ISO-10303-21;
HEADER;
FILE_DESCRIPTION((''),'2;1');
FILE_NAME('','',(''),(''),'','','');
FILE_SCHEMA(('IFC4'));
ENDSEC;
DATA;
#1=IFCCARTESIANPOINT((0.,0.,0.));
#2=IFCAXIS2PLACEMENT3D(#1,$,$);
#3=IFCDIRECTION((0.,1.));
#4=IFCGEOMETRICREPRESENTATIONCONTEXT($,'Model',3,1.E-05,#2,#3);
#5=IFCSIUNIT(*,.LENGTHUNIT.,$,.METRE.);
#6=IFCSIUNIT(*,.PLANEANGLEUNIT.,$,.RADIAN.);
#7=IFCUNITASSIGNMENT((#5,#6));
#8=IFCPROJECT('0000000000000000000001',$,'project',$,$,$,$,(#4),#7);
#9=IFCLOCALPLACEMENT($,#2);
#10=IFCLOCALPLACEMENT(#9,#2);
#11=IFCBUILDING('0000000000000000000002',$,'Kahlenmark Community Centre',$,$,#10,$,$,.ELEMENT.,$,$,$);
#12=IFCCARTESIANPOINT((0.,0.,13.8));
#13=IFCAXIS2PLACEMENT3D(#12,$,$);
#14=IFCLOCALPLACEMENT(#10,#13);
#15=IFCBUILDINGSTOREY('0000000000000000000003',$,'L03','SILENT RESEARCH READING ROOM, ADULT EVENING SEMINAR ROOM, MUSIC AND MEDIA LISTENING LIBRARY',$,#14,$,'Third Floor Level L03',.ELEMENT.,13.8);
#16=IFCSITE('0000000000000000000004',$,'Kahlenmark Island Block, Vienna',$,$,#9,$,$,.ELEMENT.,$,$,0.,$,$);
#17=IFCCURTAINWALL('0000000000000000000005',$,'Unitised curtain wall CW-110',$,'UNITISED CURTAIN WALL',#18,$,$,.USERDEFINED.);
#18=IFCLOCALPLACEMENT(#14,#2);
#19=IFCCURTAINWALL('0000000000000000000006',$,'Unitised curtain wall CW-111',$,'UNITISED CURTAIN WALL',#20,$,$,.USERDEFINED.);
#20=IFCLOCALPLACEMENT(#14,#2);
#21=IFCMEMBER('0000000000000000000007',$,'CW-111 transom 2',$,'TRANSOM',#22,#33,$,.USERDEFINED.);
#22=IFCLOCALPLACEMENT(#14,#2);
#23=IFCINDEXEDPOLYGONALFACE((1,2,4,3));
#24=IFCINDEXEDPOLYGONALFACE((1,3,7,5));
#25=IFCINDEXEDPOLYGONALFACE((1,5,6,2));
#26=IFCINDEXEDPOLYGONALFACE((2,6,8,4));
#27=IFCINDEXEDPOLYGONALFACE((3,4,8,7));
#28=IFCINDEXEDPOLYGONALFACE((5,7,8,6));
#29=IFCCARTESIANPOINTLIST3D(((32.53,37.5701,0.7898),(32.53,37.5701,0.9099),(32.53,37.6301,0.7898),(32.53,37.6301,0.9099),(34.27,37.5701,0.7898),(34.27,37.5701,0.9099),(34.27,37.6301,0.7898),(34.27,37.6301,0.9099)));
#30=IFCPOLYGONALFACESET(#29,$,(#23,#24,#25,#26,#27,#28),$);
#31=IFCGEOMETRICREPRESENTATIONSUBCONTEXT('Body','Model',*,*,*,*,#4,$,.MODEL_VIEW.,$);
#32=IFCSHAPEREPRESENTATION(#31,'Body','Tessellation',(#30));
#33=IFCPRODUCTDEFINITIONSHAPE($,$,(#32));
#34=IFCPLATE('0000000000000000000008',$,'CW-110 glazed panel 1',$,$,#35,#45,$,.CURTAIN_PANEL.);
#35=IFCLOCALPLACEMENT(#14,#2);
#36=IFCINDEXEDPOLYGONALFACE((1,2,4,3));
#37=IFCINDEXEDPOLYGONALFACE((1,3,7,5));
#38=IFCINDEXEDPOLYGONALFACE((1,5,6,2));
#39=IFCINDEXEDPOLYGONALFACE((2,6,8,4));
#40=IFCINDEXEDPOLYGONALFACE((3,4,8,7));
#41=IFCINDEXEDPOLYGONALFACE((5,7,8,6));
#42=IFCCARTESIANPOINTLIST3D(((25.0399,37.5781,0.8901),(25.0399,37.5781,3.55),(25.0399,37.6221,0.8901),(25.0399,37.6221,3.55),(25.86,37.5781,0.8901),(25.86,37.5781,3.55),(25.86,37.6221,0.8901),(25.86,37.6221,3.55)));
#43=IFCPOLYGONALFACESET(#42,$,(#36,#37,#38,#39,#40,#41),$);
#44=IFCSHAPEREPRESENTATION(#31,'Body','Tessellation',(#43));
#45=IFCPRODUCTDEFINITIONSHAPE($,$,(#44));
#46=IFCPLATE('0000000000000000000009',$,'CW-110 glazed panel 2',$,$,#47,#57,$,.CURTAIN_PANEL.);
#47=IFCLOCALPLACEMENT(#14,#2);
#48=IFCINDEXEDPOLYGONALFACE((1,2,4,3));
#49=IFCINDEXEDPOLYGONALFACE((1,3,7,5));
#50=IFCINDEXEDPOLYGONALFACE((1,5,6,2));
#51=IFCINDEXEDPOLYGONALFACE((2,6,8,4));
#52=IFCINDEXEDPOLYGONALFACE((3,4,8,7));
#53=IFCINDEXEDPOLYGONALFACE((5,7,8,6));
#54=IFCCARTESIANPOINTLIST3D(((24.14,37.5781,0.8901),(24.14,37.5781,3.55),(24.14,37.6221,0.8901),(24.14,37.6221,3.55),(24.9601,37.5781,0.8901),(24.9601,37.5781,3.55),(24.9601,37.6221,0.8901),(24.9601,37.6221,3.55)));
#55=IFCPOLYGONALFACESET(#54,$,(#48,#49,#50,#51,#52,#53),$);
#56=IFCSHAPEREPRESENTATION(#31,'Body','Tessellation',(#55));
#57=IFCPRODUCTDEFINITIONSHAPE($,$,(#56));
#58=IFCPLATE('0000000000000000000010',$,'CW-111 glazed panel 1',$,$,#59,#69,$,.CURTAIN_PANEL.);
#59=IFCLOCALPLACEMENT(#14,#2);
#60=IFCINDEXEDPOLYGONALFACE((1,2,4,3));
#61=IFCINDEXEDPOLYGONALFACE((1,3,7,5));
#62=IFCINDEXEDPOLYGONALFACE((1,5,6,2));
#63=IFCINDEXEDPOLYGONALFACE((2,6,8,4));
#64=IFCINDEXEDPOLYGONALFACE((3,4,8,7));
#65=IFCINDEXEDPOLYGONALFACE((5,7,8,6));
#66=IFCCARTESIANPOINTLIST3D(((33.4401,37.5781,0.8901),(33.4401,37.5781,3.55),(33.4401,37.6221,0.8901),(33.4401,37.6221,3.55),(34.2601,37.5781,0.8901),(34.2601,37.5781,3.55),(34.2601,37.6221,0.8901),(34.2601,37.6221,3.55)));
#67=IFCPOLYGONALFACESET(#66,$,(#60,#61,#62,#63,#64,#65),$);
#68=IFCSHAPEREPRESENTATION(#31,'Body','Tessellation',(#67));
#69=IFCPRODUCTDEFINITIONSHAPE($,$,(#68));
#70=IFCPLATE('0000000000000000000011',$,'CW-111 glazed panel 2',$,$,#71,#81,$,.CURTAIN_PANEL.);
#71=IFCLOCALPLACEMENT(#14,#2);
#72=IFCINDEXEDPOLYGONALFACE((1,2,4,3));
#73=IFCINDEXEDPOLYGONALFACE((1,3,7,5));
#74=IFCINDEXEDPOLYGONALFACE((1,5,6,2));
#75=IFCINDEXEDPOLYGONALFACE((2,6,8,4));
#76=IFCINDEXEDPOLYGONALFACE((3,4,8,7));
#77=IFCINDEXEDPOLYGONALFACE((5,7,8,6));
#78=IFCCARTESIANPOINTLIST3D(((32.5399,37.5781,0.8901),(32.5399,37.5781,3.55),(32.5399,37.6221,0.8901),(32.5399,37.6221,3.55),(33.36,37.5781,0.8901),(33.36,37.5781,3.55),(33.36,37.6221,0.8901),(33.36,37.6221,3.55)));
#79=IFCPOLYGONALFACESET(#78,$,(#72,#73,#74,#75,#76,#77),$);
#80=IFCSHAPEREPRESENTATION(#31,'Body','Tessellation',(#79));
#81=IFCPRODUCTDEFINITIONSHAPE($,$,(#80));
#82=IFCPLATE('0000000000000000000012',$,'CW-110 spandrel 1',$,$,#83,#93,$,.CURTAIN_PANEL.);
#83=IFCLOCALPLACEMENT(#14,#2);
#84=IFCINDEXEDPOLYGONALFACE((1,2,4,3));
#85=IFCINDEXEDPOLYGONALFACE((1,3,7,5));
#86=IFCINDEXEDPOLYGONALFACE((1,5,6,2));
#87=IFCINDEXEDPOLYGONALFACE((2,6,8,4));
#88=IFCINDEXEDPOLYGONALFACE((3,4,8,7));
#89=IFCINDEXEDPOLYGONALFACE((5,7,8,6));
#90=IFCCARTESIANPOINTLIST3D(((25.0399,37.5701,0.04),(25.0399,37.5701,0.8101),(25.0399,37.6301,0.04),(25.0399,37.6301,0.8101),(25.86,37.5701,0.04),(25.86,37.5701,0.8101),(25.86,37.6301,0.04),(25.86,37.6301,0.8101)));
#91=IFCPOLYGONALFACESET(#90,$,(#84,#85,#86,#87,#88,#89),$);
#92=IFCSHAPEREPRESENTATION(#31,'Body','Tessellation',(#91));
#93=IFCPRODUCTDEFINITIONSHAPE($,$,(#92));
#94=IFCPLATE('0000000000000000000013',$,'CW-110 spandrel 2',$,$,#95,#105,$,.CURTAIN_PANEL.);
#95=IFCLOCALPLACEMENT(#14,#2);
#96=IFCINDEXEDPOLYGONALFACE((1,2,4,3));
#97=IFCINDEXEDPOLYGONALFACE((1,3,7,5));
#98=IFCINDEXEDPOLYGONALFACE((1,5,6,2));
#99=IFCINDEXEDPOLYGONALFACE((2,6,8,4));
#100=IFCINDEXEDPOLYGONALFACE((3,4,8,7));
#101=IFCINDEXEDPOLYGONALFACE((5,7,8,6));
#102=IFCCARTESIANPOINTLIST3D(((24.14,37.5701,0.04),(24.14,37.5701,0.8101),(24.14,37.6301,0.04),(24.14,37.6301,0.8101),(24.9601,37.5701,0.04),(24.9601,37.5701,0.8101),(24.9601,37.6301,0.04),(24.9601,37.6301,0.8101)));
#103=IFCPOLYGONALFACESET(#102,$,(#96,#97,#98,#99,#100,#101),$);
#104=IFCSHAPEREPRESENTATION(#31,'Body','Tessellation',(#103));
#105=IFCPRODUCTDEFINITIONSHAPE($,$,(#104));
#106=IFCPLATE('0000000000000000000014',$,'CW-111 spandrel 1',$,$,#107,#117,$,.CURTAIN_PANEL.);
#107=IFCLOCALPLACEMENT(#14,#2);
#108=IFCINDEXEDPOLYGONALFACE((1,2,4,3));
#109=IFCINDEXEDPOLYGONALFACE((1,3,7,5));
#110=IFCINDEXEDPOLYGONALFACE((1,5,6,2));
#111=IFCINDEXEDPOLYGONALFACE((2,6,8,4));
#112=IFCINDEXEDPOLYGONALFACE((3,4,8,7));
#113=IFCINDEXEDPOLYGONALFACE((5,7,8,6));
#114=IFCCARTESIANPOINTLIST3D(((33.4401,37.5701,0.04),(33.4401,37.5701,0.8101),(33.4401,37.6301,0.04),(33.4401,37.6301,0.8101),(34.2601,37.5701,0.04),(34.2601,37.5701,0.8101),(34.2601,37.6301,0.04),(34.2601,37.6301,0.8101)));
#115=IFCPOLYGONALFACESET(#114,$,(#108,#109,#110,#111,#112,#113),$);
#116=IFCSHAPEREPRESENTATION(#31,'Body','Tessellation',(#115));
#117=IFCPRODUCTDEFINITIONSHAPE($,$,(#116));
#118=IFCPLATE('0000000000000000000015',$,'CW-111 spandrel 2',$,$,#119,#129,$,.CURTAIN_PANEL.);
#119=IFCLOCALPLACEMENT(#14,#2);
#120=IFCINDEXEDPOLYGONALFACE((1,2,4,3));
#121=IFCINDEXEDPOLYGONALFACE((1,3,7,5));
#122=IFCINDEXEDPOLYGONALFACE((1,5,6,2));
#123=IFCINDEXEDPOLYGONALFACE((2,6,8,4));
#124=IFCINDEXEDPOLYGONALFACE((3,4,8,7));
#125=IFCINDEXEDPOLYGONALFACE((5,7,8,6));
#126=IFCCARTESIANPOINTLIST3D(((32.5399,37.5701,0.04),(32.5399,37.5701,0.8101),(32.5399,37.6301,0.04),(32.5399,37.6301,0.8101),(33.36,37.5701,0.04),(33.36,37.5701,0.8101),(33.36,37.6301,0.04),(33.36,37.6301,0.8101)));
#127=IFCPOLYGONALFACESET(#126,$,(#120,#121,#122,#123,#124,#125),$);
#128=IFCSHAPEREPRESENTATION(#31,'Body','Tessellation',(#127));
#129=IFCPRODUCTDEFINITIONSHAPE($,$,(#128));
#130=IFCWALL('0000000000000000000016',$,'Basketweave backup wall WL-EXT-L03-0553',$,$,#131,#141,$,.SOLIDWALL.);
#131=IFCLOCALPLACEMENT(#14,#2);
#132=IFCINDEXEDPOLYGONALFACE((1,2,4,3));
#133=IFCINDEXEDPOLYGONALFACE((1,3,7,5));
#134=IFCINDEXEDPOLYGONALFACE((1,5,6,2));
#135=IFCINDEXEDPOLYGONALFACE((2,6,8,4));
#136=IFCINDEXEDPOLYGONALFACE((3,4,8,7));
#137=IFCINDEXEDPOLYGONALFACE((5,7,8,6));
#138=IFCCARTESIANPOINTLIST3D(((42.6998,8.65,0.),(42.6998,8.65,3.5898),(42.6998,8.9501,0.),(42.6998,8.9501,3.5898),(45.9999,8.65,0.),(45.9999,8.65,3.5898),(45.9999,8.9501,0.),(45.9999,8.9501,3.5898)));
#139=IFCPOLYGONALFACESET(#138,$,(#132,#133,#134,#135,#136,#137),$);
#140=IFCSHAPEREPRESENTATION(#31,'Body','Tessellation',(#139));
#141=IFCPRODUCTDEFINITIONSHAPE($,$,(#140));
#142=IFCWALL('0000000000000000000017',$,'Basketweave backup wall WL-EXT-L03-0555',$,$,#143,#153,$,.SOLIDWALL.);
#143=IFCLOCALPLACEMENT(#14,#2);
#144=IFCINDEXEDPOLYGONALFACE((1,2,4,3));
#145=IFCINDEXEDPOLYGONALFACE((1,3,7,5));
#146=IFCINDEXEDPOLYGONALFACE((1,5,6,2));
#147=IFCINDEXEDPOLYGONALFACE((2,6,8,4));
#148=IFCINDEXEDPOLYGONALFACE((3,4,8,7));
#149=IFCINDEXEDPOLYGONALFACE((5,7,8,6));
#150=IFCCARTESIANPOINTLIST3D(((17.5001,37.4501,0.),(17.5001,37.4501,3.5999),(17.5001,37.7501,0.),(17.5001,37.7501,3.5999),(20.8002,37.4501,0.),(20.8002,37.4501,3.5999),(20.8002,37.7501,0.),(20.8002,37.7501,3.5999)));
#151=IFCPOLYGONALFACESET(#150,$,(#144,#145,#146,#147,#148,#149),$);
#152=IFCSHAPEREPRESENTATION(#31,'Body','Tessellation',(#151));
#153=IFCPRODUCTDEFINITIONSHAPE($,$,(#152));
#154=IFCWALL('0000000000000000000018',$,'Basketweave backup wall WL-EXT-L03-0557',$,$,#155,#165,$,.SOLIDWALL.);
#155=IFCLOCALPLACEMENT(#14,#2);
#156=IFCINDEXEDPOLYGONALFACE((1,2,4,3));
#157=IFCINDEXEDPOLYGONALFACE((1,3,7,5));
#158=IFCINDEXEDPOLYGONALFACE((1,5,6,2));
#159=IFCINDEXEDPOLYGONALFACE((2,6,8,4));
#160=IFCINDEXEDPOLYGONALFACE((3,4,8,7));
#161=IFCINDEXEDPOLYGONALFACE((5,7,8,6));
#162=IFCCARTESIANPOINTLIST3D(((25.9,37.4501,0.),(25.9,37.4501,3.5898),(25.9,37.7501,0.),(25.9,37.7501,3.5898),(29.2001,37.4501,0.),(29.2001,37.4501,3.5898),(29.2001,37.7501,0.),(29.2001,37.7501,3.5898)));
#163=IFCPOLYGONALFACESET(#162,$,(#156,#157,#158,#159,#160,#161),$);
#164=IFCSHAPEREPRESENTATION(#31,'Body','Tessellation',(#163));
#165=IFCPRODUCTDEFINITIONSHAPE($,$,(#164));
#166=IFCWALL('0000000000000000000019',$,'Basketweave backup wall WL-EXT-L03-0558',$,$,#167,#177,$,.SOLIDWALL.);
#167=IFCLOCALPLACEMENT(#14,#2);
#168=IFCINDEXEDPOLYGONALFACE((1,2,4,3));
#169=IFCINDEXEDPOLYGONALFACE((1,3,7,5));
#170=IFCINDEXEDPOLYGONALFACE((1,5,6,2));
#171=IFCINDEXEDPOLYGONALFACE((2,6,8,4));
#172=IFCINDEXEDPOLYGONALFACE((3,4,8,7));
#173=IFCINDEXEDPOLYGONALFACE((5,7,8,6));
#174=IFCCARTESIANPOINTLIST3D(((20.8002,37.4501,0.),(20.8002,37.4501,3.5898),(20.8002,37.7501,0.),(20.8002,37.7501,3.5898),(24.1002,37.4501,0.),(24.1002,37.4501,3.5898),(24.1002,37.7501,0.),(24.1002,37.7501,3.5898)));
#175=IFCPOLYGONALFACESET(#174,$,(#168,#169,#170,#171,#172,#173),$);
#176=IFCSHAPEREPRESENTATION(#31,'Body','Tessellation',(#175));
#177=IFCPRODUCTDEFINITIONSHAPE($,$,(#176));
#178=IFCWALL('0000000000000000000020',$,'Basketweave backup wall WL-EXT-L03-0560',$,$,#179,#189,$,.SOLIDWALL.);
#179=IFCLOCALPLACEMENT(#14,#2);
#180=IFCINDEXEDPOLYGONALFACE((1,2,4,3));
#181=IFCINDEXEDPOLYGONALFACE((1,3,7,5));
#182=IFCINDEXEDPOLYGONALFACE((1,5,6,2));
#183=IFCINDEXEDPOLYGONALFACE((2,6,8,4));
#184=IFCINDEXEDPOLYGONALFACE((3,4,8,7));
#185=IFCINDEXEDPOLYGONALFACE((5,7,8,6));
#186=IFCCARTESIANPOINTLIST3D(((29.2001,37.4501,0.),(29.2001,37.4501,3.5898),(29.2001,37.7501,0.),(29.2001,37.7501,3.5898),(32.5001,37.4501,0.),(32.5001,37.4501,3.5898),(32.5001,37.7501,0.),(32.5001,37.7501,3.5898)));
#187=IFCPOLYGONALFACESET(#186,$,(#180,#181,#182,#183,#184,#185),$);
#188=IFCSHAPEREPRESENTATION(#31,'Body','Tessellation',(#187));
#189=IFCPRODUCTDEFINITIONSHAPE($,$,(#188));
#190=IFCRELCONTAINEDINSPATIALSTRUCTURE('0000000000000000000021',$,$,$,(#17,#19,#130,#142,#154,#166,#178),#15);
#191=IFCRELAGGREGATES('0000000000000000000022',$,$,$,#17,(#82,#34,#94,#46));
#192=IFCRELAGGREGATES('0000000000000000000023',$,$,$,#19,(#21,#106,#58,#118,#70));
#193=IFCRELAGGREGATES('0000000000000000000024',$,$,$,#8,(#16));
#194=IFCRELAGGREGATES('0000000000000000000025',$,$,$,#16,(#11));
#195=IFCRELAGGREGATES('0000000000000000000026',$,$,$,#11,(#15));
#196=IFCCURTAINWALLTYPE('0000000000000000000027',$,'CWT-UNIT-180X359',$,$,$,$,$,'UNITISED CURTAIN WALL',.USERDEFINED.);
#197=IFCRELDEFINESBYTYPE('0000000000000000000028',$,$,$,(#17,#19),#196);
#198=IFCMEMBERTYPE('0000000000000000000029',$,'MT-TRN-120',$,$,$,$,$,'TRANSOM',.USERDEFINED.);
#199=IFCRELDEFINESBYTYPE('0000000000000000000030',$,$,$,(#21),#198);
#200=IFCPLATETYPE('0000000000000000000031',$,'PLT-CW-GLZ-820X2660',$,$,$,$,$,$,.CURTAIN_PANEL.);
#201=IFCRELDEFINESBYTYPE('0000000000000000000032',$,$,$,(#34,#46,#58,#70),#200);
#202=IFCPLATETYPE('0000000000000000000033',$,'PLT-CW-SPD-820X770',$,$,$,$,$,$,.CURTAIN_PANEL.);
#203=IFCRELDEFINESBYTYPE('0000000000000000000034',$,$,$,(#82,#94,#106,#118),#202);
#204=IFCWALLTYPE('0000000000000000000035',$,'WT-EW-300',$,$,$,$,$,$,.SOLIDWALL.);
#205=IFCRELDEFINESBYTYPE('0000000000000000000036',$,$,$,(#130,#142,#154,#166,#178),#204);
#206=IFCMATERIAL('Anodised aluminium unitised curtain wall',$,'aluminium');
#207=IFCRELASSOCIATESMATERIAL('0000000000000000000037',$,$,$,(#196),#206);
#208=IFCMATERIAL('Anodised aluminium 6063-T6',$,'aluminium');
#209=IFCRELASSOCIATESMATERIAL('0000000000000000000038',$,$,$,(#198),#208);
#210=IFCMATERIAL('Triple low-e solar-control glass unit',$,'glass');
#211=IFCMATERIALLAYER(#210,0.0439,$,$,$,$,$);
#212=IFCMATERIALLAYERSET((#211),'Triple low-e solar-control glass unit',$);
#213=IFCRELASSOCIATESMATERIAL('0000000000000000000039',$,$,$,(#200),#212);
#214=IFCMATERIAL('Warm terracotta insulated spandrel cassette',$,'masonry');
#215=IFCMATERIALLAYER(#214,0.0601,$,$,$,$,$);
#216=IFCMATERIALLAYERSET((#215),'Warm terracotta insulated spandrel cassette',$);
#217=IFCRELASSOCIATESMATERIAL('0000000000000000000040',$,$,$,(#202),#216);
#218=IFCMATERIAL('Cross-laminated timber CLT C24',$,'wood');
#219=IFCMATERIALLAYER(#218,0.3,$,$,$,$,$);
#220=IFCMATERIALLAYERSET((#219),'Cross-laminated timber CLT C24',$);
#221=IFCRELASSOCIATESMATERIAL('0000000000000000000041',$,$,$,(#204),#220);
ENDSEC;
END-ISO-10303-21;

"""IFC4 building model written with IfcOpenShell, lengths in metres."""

from ifc_helpers import new_model, si_unit, direction, frame, frame_2d, origin, origin_2d, place, context, subcontext, project, spatial, rectangle, extrude, material, layer, layer_set, material_profile, profile_set, type_object, element, aggregate, save


model = new_model("IFC4")

# Units and contexts
model_context = context("Model", 3, precision=1e-05, world=origin(), true_north=direction((0.0, 1.0)))
body_context = subcontext(model_context, "Body", "Model", "MODEL_VIEW")
ifc_project = project(units=[si_unit("LENGTHUNIT", "METRE"), si_unit("PLANEANGLEUNIT", "RADIAN")], contexts=[model_context])

# Site, building, storey
site_placement = place(None, origin())
site = spatial("IfcSite", under=ifc_project, at=site_placement, Name="Kahlenmark Island Block, Vienna", CompositionType="ELEMENT", RefElevation=0.0)
building_placement = place(site_placement, origin())
building = spatial("IfcBuilding", under=site, at=building_placement, Name="Kahlenmark Community Centre", CompositionType="ELEMENT")
storey_placement = place(building_placement, frame((0.0, 0.0, 13.8)))
storey = spatial("IfcBuildingStorey", under=building, at=storey_placement, Name="L03", Description="SILENT RESEARCH READING ROOM, ADULT EVENING SEMINAR ROOM, MUSIC AND MEDIA LISTENING LIBRARY", LongName="Third Floor Level L03", CompositionType="ELEMENT", Elevation=13.8)

# Shared definitions
ifc_material_1 = material(Name="Anodised aluminium unitised curtain wall", Category="aluminium")
curtain_wall_type = type_object("IfcCurtainWallType", Name="CWT-UNIT-180X359", ElementType="UNITISED CURTAIN WALL", PredefinedType="USERDEFINED", material=ifc_material_1)
ifc_material_2 = material(Name="Anodised aluminium 6063-T6", Category="aluminium")

# Curtain walls
curtain_wall_1_placement = place(storey_placement, origin())
curtain_wall_1 = element("IfcCurtainWall", 1, at=curtain_wall_1_placement, inside=storey, type_object=curtain_wall_type, Name="Unitised curtain wall CW-110", ObjectType="UNITISED CURTAIN WALL", PredefinedType="USERDEFINED")
curtain_wall_2_placement = place(storey_placement, origin())
curtain_wall_2 = element("IfcCurtainWall", 2, at=curtain_wall_2_placement, inside=storey, type_object=curtain_wall_type, Name="Unitised curtain wall CW-111", ObjectType="UNITISED CURTAIN WALL", PredefinedType="USERDEFINED")

# Member
ifc_material_profile_1 = material_profile(ifc_material_2, rectangle(XDim=0.0601, YDim=0.1201, at=origin_2d()), Name="ALU TRANSOM 60x120")
ifc_profile_set_1 = profile_set([ifc_material_profile_1], Name="Anodised aluminium 6063-T6")
member_type_1 = type_object("IfcMemberType", Name="MT-TRN-120", ElementType="TRANSOM", PredefinedType="USERDEFINED", material=ifc_profile_set_1)
member_1_placement = place(storey_placement, frame((34.27, 37.6001, 0.8499), z_axis=(-1.0, 0.0, 0.0), x_axis=(0.0, -1.0, 0.0)))
member_1 = element("IfcMember", 3, at=member_1_placement, type_object=member_type_1, Name="CW-111 transom 2", ObjectType="TRANSOM", PredefinedType="USERDEFINED", context=body_context, shape_type="SweptSolid", body=[
    extrude(rectangle(XDim=0.0601, YDim=0.1201, at=origin_2d()), origin(), (0.0, 0.0, 1.0), 1.74),
])

# Plates
ifc_material_3 = material(Name="Triple low-e solar-control glass unit", Category="glass")
ifc_layer_1 = layer(ifc_material_3, 0.0439)
ifc_layer_set_1 = layer_set([ifc_layer_1], Name="Triple low-e solar-control glass unit")
plate_type_1 = type_object("IfcPlateType", Name="PLT-CW-GLZ-820X2660", PredefinedType="CURTAIN_PANEL", material=ifc_layer_set_1)
plate_1_placement = place(storey_placement, frame((25.45, 37.6001, 0.8901), z_axis=(0.0, 0.0, 1.0), x_axis=(-1.0, 0.0, 0.0)))
plate_1 = element("IfcPlate", 4, at=plate_1_placement, type_object=plate_type_1, Name="CW-110 glazed panel 1", PredefinedType="CURTAIN_PANEL", context=body_context, shape_type="SweptSolid", body=[
    extrude(rectangle(XDim=0.8201, YDim=0.0439, at=origin_2d()), origin(), (0.0, 0.0, 1.0), 2.6599),
])
plate_2_placement = place(storey_placement, frame((24.55, 37.6001, 0.8901), z_axis=(0.0, 0.0, 1.0), x_axis=(-1.0, 0.0, 0.0)))
plate_2 = element("IfcPlate", 5, at=plate_2_placement, type_object=plate_type_1, Name="CW-110 glazed panel 2", PredefinedType="CURTAIN_PANEL", context=body_context, shape_type="SweptSolid", body=[
    extrude(rectangle(XDim=0.8201, YDim=0.0439, at=origin_2d()), origin(), (0.0, 0.0, 1.0), 2.6599),
])
plate_3_placement = place(storey_placement, frame((33.8501, 37.6001, 0.8901), z_axis=(0.0, 0.0, 1.0), x_axis=(-1.0, 0.0, 0.0)))
plate_3 = element("IfcPlate", 6, at=plate_3_placement, type_object=plate_type_1, Name="CW-111 glazed panel 1", PredefinedType="CURTAIN_PANEL", context=body_context, shape_type="SweptSolid", body=[
    extrude(rectangle(XDim=0.8201, YDim=0.0439, at=origin_2d()), origin(), (0.0, 0.0, 1.0), 2.6599),
])
plate_4_placement = place(storey_placement, frame((32.95, 37.6001, 0.8901), z_axis=(0.0, 0.0, 1.0), x_axis=(-1.0, 0.0, 0.0)))
plate_4 = element("IfcPlate", 7, at=plate_4_placement, type_object=plate_type_1, Name="CW-111 glazed panel 2", PredefinedType="CURTAIN_PANEL", context=body_context, shape_type="SweptSolid", body=[
    extrude(rectangle(XDim=0.8201, YDim=0.0439, at=origin_2d()), origin(), (0.0, 0.0, 1.0), 2.6599),
])
ifc_material_4 = material(Name="Warm terracotta insulated spandrel cassette", Category="masonry")
ifc_layer_2 = layer(ifc_material_4, 0.0601)
ifc_layer_set_2 = layer_set([ifc_layer_2], Name="Warm terracotta insulated spandrel cassette")
plate_type_2 = type_object("IfcPlateType", Name="PLT-CW-SPD-820X770", PredefinedType="CURTAIN_PANEL", material=ifc_layer_set_2)
plate_5_placement = place(storey_placement, frame((25.45, 37.6001, 0.04), z_axis=(0.0, 0.0, 1.0), x_axis=(-1.0, 0.0, 0.0)))
plate_5 = element("IfcPlate", 8, at=plate_5_placement, type_object=plate_type_2, Name="CW-110 spandrel 1", PredefinedType="CURTAIN_PANEL", context=body_context, shape_type="SweptSolid", body=[
    extrude(rectangle(XDim=0.8201, YDim=0.0601, at=origin_2d()), origin(), (0.0, 0.0, 1.0), 0.77),
])
plate_6_placement = place(storey_placement, frame((24.55, 37.6001, 0.04), z_axis=(0.0, 0.0, 1.0), x_axis=(-1.0, 0.0, 0.0)))
plate_6 = element("IfcPlate", 9, at=plate_6_placement, type_object=plate_type_2, Name="CW-110 spandrel 2", PredefinedType="CURTAIN_PANEL", context=body_context, shape_type="SweptSolid", body=[
    extrude(rectangle(XDim=0.8201, YDim=0.0601, at=origin_2d()), origin(), (0.0, 0.0, 1.0), 0.77),
])
aggregate(curtain_wall_1, [plate_5, plate_1, plate_6, plate_2])
plate_7_placement = place(storey_placement, frame((33.8501, 37.6001, 0.04), z_axis=(0.0, 0.0, 1.0), x_axis=(-1.0, 0.0, 0.0)))
plate_7 = element("IfcPlate", 10, at=plate_7_placement, type_object=plate_type_2, Name="CW-111 spandrel 1", PredefinedType="CURTAIN_PANEL", context=body_context, shape_type="SweptSolid", body=[
    extrude(rectangle(XDim=0.8201, YDim=0.0601, at=origin_2d()), origin(), (0.0, 0.0, 1.0), 0.77),
])
plate_8_placement = place(storey_placement, frame((32.95, 37.6001, 0.04), z_axis=(0.0, 0.0, 1.0), x_axis=(-1.0, 0.0, 0.0)))
plate_8 = element("IfcPlate", 11, at=plate_8_placement, type_object=plate_type_2, Name="CW-111 spandrel 2", PredefinedType="CURTAIN_PANEL", context=body_context, shape_type="SweptSolid", body=[
    extrude(rectangle(XDim=0.8201, YDim=0.0601, at=origin_2d()), origin(), (0.0, 0.0, 1.0), 0.77),
])
aggregate(curtain_wall_2, [member_1, plate_7, plate_3, plate_8, plate_4])

# Walls
ifc_material_5 = material(Name="Cross-laminated timber CLT C24", Category="wood")
ifc_layer_3 = layer(ifc_material_5, 0.3)
ifc_layer_set_3 = layer_set([ifc_layer_3], Name="Cross-laminated timber CLT C24")
wall_type = type_object("IfcWallType", Name="WT-EW-300", PredefinedType="SOLIDWALL", material=ifc_layer_set_3)
wall_1_placement = place(storey_placement, frame((42.7, 8.8, 0.0), z_axis=(0.0, 0.0, 1.0), x_axis=(1.0, 0.0, 0.0)))
element("IfcWall", 12, at=wall_1_placement, inside=storey, type_object=wall_type, Name="Basketweave backup wall WL-EXT-L03-0553", PredefinedType="SOLIDWALL", context=body_context, shape_type="SweptSolid", body=[
    extrude(rectangle(XDim=3.3, YDim=0.3, at=frame_2d((1.6499, 0.0))), origin(), (0.0, 0.0, 1.0), 3.5898),
])
wall_2_placement = place(storey_placement, frame((20.8, 37.6001, 0.0), z_axis=(0.0, 0.0, 1.0), x_axis=(-1.0, 0.0, 0.0)))
element("IfcWall", 13, at=wall_2_placement, inside=storey, type_object=wall_type, Name="Basketweave backup wall WL-EXT-L03-0555", PredefinedType="SOLIDWALL", context=body_context, shape_type="SweptSolid", body=[
    extrude(rectangle(XDim=3.3, YDim=0.3, at=frame_2d((1.6499, 0.0))), origin(), (0.0, 0.0, 1.0), 3.5999),
])
for number, where, z_axis, x_axis, name in (
    (14, (29.2, 37.6001, 0.0), (0.0, 0.0, 1.0), (-1.0, 0.0, 0.0), "Basketweave backup wall WL-EXT-L03-0557"),
    (15, (24.1001, 37.6001, 0.0), (0.0, 0.0, 1.0), (-1.0, 0.0, 0.0), "Basketweave backup wall WL-EXT-L03-0558"),
    (16, (32.5, 37.6001, 0.0), (0.0, 0.0, 1.0), (-1.0, 0.0, 0.0), "Basketweave backup wall WL-EXT-L03-0560"),
):
    element("IfcWall", number, at=place(storey_placement, frame(where, z_axis=z_axis, x_axis=x_axis)), inside=storey, type_object=wall_type, Name=name, PredefinedType="SOLIDWALL", context=body_context, shape_type="SweptSolid", body=[
        extrude(rectangle(XDim=3.3, YDim=0.3, at=frame_2d((1.6499, 0.0))), origin(), (0.0, 0.0, 1.0), 3.5898),
    ])

save(model, "model.ifc")
